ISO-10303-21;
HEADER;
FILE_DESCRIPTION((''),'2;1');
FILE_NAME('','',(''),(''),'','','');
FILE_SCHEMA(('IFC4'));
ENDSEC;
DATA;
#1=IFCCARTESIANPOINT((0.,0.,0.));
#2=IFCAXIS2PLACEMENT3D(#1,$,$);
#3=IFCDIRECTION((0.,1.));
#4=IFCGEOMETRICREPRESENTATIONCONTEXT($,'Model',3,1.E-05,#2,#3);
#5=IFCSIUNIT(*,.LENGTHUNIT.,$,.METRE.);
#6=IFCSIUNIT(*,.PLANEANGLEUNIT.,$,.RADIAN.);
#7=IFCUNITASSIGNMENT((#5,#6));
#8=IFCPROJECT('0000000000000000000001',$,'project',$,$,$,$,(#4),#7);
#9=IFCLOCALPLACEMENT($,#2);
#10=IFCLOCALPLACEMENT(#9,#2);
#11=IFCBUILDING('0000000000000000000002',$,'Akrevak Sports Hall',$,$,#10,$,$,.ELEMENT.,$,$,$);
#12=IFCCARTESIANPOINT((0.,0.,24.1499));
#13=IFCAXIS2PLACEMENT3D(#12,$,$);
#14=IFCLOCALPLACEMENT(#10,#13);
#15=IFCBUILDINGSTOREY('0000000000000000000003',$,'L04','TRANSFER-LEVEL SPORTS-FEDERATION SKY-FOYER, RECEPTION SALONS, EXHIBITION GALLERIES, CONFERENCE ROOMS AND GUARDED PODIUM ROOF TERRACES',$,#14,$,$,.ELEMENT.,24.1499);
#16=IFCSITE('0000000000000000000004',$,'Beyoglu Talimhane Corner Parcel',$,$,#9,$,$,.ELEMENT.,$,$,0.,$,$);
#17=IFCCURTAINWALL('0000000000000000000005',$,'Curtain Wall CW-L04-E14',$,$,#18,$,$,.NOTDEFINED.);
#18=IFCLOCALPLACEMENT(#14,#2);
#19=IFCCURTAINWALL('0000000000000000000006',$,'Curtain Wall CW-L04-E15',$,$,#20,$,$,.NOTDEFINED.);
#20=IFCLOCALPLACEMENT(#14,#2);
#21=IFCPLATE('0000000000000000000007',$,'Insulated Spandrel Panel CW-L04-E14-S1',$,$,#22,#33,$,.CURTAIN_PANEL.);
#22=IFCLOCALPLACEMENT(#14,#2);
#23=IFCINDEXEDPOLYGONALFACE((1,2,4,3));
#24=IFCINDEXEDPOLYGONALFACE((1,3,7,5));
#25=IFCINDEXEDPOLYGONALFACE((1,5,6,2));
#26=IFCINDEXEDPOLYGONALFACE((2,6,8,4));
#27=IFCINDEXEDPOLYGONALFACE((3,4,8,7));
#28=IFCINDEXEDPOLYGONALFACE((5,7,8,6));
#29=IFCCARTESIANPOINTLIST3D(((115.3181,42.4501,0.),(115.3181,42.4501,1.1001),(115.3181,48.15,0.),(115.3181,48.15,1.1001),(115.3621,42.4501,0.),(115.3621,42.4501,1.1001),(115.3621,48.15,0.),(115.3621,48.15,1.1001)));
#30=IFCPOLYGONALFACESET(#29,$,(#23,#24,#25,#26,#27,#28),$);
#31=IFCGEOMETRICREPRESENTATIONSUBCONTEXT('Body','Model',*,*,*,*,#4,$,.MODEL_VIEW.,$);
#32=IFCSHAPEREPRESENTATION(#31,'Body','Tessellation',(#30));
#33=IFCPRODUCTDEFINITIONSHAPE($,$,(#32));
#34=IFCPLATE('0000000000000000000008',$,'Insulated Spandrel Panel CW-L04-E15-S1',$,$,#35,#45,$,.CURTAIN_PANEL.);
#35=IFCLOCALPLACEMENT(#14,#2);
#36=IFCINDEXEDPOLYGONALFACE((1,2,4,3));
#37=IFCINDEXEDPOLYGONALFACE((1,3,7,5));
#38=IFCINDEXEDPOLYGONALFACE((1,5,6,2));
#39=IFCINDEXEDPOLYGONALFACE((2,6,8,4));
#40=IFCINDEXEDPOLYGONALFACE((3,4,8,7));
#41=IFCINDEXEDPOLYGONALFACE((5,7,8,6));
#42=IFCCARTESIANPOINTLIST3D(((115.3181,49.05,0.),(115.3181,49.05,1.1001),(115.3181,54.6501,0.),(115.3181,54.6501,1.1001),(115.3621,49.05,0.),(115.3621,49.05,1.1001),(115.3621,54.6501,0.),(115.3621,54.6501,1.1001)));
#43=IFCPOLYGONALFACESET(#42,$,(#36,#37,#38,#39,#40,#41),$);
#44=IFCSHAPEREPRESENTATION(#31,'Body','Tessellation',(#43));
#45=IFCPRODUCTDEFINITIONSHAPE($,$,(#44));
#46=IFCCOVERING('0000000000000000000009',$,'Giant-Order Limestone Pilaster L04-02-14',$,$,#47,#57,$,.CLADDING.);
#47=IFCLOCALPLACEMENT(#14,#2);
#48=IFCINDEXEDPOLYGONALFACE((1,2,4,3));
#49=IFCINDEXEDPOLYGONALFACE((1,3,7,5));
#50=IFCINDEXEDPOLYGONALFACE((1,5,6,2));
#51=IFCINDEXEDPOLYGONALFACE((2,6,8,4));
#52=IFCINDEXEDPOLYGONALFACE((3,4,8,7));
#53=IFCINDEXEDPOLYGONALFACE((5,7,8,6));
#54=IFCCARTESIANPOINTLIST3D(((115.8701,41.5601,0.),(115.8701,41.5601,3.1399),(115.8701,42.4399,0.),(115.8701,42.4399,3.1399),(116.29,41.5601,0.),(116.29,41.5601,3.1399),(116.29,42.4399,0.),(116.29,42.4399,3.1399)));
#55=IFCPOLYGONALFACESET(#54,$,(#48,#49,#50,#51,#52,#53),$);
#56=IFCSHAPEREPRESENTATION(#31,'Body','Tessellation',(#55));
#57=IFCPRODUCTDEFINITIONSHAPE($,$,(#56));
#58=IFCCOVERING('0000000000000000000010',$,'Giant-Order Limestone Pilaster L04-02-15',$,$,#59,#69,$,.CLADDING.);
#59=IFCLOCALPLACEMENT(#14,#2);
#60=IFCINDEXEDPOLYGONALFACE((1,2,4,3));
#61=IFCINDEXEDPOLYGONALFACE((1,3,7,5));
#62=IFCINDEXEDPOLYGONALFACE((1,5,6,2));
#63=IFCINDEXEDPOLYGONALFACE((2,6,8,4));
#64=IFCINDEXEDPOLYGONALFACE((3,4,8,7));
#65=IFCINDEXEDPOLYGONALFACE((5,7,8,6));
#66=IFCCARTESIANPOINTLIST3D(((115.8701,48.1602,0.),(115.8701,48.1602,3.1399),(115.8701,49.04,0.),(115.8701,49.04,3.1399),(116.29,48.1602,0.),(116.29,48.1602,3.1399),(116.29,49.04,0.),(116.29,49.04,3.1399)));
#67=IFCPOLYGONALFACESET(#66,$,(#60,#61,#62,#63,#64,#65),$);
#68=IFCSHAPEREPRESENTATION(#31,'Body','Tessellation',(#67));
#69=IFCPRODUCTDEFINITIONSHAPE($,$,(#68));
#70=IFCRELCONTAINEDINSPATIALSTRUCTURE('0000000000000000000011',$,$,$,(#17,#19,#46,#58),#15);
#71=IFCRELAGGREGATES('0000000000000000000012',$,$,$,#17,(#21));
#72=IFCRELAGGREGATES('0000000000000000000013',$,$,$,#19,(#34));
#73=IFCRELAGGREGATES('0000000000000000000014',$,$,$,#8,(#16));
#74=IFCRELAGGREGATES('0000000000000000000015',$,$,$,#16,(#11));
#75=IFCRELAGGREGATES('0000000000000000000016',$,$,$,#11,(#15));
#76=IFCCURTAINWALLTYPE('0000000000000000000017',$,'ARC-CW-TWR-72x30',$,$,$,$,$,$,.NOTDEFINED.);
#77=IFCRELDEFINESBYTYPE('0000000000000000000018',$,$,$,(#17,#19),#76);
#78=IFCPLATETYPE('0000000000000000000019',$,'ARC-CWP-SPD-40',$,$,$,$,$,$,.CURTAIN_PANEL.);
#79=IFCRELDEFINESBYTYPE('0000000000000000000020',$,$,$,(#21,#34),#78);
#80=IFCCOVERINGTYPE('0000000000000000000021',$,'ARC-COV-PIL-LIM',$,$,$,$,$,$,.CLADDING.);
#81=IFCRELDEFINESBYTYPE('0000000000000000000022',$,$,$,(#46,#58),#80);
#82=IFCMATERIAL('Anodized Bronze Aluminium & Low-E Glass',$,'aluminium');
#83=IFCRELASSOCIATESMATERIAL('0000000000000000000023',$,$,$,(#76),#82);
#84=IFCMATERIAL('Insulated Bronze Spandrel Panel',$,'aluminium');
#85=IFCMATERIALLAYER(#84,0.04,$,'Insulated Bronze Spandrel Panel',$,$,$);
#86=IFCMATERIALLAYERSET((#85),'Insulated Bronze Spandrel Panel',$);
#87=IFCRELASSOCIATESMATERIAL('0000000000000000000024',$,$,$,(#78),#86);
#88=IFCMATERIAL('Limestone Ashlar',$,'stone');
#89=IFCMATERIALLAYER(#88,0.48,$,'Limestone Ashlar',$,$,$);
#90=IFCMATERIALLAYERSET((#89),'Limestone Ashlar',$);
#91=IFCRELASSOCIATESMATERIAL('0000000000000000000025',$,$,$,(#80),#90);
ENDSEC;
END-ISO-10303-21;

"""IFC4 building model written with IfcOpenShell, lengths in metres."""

from ifc_helpers import new_model, si_unit, direction, frame, origin, origin_2d, place, context, subcontext, project, spatial, rectangle, extrude, material, layer, layer_set, type_object, element, aggregate, save


model = new_model("IFC4")

# Units and contexts
model_context = context("Model", 3, precision=1e-05, world=origin(), true_north=direction((0.0, 1.0)))
body_context = subcontext(model_context, "Body", "Model", "MODEL_VIEW")
ifc_project = project(units=[si_unit("LENGTHUNIT", "METRE"), si_unit("PLANEANGLEUNIT", "RADIAN")], contexts=[model_context])

# Site, building, storey
site_placement = place(None, origin())
site = spatial("IfcSite", under=ifc_project, at=site_placement, Name="Beyoglu Talimhane Corner Parcel", CompositionType="ELEMENT", RefElevation=0.0)
building_placement = place(site_placement, origin())
building = spatial("IfcBuilding", under=site, at=building_placement, Name="Akrevak Sports Hall", CompositionType="ELEMENT")
storey_placement = place(building_placement, frame((0.0, 0.0, 24.1499)))
storey = spatial("IfcBuildingStorey", under=building, at=storey_placement, Name="L04", Description="TRANSFER-LEVEL SPORTS-FEDERATION SKY-FOYER, RECEPTION SALONS, EXHIBITION GALLERIES, CONFERENCE ROOMS AND GUARDED PODIUM ROOF TERRACES", CompositionType="ELEMENT", Elevation=24.1499)

# Curtain walls
ifc_material_1 = material(Name="Anodized Bronze Aluminium & Low-E Glass", Category="aluminium")
curtain_wall_type = type_object("IfcCurtainWallType", Name="ARC-CW-TWR-72x30", PredefinedType="NOTDEFINED", material=ifc_material_1)
curtain_wall_1_placement = place(storey_placement, origin())
curtain_wall_1 = element("IfcCurtainWall", 1, at=curtain_wall_1_placement, inside=storey, type_object=curtain_wall_type, Name="Curtain Wall CW-L04-E14", PredefinedType="NOTDEFINED")
curtain_wall_2_placement = place(storey_placement, origin())
curtain_wall_2 = element("IfcCurtainWall", 2, at=curtain_wall_2_placement, inside=storey, type_object=curtain_wall_type, Name="Curtain Wall CW-L04-E15", PredefinedType="NOTDEFINED")

# Plates
ifc_material_2 = material(Name="Insulated Bronze Spandrel Panel", Category="aluminium")
ifc_layer_1 = layer(ifc_material_2, 0.04, Name="Insulated Bronze Spandrel Panel")
ifc_layer_set_1 = layer_set([ifc_layer_1], Name="Insulated Bronze Spandrel Panel")
plate_type_1 = type_object("IfcPlateType", Name="ARC-CWP-SPD-40", PredefinedType="CURTAIN_PANEL", material=ifc_layer_set_1)
plate_1_placement = place(storey_placement, frame((115.3401, 45.3, 0.0), z_axis=(0.0, 0.0, 1.0), x_axis=(0.0, 1.0, 0.0)))
plate_1 = element("IfcPlate", 3, at=plate_1_placement, type_object=plate_type_1, Name="Insulated Spandrel Panel CW-L04-E14-S1", PredefinedType="CURTAIN_PANEL", context=body_context, shape_type="SweptSolid", body=[
    extrude(rectangle(XDim=5.7, YDim=0.0439, at=origin_2d()), origin(), (0.0, 0.0, 1.0), 1.1001),
])
aggregate(curtain_wall_1, [plate_1])
plate_2_placement = place(storey_placement, frame((115.3401, 51.8501, 0.0), z_axis=(0.0, 0.0, 1.0), x_axis=(0.0, 1.0, 0.0)))
plate_2 = element("IfcPlate", 4, at=plate_2_placement, type_object=plate_type_1, Name="Insulated Spandrel Panel CW-L04-E15-S1", PredefinedType="CURTAIN_PANEL", context=body_context, shape_type="SweptSolid", body=[
    extrude(rectangle(XDim=5.6001, YDim=0.0439, at=origin_2d()), origin(), (0.0, 0.0, 1.0), 1.1001),
])
aggregate(curtain_wall_2, [plate_2])

# Coverings
ifc_material_3 = material(Name="Limestone Ashlar", Category="stone")
ifc_layer_2 = layer(ifc_material_3, 0.48, Name="Limestone Ashlar")
ifc_layer_set_2 = layer_set([ifc_layer_2], Name="Limestone Ashlar")
covering_type = type_object("IfcCoveringType", Name="ARC-COV-PIL-LIM", PredefinedType="CLADDING", material=ifc_layer_set_2)
for number, where, z_axis, x_axis, name in (
    (5, (116.0801, 42.0, 0.0), (0.0, 0.0, 1.0), (0.0, 1.0, 0.0), "Giant-Order Limestone Pilaster L04-02-14"),
    (6, (116.0801, 48.6001, 0.0), (0.0, 0.0, 1.0), (0.0, 1.0, 0.0), "Giant-Order Limestone Pilaster L04-02-15"),
):
    element("IfcCovering", number, at=place(storey_placement, frame(where, z_axis=z_axis, x_axis=x_axis)), inside=storey, type_object=covering_type, Name=name, PredefinedType="CLADDING", context=body_context, shape_type="SweptSolid", body=[
        extrude(rectangle(XDim=0.8799, YDim=0.4199, at=origin_2d()), origin(), (0.0, 0.0, 1.0), 3.1399),
    ])

save(model, "model.ifc")
